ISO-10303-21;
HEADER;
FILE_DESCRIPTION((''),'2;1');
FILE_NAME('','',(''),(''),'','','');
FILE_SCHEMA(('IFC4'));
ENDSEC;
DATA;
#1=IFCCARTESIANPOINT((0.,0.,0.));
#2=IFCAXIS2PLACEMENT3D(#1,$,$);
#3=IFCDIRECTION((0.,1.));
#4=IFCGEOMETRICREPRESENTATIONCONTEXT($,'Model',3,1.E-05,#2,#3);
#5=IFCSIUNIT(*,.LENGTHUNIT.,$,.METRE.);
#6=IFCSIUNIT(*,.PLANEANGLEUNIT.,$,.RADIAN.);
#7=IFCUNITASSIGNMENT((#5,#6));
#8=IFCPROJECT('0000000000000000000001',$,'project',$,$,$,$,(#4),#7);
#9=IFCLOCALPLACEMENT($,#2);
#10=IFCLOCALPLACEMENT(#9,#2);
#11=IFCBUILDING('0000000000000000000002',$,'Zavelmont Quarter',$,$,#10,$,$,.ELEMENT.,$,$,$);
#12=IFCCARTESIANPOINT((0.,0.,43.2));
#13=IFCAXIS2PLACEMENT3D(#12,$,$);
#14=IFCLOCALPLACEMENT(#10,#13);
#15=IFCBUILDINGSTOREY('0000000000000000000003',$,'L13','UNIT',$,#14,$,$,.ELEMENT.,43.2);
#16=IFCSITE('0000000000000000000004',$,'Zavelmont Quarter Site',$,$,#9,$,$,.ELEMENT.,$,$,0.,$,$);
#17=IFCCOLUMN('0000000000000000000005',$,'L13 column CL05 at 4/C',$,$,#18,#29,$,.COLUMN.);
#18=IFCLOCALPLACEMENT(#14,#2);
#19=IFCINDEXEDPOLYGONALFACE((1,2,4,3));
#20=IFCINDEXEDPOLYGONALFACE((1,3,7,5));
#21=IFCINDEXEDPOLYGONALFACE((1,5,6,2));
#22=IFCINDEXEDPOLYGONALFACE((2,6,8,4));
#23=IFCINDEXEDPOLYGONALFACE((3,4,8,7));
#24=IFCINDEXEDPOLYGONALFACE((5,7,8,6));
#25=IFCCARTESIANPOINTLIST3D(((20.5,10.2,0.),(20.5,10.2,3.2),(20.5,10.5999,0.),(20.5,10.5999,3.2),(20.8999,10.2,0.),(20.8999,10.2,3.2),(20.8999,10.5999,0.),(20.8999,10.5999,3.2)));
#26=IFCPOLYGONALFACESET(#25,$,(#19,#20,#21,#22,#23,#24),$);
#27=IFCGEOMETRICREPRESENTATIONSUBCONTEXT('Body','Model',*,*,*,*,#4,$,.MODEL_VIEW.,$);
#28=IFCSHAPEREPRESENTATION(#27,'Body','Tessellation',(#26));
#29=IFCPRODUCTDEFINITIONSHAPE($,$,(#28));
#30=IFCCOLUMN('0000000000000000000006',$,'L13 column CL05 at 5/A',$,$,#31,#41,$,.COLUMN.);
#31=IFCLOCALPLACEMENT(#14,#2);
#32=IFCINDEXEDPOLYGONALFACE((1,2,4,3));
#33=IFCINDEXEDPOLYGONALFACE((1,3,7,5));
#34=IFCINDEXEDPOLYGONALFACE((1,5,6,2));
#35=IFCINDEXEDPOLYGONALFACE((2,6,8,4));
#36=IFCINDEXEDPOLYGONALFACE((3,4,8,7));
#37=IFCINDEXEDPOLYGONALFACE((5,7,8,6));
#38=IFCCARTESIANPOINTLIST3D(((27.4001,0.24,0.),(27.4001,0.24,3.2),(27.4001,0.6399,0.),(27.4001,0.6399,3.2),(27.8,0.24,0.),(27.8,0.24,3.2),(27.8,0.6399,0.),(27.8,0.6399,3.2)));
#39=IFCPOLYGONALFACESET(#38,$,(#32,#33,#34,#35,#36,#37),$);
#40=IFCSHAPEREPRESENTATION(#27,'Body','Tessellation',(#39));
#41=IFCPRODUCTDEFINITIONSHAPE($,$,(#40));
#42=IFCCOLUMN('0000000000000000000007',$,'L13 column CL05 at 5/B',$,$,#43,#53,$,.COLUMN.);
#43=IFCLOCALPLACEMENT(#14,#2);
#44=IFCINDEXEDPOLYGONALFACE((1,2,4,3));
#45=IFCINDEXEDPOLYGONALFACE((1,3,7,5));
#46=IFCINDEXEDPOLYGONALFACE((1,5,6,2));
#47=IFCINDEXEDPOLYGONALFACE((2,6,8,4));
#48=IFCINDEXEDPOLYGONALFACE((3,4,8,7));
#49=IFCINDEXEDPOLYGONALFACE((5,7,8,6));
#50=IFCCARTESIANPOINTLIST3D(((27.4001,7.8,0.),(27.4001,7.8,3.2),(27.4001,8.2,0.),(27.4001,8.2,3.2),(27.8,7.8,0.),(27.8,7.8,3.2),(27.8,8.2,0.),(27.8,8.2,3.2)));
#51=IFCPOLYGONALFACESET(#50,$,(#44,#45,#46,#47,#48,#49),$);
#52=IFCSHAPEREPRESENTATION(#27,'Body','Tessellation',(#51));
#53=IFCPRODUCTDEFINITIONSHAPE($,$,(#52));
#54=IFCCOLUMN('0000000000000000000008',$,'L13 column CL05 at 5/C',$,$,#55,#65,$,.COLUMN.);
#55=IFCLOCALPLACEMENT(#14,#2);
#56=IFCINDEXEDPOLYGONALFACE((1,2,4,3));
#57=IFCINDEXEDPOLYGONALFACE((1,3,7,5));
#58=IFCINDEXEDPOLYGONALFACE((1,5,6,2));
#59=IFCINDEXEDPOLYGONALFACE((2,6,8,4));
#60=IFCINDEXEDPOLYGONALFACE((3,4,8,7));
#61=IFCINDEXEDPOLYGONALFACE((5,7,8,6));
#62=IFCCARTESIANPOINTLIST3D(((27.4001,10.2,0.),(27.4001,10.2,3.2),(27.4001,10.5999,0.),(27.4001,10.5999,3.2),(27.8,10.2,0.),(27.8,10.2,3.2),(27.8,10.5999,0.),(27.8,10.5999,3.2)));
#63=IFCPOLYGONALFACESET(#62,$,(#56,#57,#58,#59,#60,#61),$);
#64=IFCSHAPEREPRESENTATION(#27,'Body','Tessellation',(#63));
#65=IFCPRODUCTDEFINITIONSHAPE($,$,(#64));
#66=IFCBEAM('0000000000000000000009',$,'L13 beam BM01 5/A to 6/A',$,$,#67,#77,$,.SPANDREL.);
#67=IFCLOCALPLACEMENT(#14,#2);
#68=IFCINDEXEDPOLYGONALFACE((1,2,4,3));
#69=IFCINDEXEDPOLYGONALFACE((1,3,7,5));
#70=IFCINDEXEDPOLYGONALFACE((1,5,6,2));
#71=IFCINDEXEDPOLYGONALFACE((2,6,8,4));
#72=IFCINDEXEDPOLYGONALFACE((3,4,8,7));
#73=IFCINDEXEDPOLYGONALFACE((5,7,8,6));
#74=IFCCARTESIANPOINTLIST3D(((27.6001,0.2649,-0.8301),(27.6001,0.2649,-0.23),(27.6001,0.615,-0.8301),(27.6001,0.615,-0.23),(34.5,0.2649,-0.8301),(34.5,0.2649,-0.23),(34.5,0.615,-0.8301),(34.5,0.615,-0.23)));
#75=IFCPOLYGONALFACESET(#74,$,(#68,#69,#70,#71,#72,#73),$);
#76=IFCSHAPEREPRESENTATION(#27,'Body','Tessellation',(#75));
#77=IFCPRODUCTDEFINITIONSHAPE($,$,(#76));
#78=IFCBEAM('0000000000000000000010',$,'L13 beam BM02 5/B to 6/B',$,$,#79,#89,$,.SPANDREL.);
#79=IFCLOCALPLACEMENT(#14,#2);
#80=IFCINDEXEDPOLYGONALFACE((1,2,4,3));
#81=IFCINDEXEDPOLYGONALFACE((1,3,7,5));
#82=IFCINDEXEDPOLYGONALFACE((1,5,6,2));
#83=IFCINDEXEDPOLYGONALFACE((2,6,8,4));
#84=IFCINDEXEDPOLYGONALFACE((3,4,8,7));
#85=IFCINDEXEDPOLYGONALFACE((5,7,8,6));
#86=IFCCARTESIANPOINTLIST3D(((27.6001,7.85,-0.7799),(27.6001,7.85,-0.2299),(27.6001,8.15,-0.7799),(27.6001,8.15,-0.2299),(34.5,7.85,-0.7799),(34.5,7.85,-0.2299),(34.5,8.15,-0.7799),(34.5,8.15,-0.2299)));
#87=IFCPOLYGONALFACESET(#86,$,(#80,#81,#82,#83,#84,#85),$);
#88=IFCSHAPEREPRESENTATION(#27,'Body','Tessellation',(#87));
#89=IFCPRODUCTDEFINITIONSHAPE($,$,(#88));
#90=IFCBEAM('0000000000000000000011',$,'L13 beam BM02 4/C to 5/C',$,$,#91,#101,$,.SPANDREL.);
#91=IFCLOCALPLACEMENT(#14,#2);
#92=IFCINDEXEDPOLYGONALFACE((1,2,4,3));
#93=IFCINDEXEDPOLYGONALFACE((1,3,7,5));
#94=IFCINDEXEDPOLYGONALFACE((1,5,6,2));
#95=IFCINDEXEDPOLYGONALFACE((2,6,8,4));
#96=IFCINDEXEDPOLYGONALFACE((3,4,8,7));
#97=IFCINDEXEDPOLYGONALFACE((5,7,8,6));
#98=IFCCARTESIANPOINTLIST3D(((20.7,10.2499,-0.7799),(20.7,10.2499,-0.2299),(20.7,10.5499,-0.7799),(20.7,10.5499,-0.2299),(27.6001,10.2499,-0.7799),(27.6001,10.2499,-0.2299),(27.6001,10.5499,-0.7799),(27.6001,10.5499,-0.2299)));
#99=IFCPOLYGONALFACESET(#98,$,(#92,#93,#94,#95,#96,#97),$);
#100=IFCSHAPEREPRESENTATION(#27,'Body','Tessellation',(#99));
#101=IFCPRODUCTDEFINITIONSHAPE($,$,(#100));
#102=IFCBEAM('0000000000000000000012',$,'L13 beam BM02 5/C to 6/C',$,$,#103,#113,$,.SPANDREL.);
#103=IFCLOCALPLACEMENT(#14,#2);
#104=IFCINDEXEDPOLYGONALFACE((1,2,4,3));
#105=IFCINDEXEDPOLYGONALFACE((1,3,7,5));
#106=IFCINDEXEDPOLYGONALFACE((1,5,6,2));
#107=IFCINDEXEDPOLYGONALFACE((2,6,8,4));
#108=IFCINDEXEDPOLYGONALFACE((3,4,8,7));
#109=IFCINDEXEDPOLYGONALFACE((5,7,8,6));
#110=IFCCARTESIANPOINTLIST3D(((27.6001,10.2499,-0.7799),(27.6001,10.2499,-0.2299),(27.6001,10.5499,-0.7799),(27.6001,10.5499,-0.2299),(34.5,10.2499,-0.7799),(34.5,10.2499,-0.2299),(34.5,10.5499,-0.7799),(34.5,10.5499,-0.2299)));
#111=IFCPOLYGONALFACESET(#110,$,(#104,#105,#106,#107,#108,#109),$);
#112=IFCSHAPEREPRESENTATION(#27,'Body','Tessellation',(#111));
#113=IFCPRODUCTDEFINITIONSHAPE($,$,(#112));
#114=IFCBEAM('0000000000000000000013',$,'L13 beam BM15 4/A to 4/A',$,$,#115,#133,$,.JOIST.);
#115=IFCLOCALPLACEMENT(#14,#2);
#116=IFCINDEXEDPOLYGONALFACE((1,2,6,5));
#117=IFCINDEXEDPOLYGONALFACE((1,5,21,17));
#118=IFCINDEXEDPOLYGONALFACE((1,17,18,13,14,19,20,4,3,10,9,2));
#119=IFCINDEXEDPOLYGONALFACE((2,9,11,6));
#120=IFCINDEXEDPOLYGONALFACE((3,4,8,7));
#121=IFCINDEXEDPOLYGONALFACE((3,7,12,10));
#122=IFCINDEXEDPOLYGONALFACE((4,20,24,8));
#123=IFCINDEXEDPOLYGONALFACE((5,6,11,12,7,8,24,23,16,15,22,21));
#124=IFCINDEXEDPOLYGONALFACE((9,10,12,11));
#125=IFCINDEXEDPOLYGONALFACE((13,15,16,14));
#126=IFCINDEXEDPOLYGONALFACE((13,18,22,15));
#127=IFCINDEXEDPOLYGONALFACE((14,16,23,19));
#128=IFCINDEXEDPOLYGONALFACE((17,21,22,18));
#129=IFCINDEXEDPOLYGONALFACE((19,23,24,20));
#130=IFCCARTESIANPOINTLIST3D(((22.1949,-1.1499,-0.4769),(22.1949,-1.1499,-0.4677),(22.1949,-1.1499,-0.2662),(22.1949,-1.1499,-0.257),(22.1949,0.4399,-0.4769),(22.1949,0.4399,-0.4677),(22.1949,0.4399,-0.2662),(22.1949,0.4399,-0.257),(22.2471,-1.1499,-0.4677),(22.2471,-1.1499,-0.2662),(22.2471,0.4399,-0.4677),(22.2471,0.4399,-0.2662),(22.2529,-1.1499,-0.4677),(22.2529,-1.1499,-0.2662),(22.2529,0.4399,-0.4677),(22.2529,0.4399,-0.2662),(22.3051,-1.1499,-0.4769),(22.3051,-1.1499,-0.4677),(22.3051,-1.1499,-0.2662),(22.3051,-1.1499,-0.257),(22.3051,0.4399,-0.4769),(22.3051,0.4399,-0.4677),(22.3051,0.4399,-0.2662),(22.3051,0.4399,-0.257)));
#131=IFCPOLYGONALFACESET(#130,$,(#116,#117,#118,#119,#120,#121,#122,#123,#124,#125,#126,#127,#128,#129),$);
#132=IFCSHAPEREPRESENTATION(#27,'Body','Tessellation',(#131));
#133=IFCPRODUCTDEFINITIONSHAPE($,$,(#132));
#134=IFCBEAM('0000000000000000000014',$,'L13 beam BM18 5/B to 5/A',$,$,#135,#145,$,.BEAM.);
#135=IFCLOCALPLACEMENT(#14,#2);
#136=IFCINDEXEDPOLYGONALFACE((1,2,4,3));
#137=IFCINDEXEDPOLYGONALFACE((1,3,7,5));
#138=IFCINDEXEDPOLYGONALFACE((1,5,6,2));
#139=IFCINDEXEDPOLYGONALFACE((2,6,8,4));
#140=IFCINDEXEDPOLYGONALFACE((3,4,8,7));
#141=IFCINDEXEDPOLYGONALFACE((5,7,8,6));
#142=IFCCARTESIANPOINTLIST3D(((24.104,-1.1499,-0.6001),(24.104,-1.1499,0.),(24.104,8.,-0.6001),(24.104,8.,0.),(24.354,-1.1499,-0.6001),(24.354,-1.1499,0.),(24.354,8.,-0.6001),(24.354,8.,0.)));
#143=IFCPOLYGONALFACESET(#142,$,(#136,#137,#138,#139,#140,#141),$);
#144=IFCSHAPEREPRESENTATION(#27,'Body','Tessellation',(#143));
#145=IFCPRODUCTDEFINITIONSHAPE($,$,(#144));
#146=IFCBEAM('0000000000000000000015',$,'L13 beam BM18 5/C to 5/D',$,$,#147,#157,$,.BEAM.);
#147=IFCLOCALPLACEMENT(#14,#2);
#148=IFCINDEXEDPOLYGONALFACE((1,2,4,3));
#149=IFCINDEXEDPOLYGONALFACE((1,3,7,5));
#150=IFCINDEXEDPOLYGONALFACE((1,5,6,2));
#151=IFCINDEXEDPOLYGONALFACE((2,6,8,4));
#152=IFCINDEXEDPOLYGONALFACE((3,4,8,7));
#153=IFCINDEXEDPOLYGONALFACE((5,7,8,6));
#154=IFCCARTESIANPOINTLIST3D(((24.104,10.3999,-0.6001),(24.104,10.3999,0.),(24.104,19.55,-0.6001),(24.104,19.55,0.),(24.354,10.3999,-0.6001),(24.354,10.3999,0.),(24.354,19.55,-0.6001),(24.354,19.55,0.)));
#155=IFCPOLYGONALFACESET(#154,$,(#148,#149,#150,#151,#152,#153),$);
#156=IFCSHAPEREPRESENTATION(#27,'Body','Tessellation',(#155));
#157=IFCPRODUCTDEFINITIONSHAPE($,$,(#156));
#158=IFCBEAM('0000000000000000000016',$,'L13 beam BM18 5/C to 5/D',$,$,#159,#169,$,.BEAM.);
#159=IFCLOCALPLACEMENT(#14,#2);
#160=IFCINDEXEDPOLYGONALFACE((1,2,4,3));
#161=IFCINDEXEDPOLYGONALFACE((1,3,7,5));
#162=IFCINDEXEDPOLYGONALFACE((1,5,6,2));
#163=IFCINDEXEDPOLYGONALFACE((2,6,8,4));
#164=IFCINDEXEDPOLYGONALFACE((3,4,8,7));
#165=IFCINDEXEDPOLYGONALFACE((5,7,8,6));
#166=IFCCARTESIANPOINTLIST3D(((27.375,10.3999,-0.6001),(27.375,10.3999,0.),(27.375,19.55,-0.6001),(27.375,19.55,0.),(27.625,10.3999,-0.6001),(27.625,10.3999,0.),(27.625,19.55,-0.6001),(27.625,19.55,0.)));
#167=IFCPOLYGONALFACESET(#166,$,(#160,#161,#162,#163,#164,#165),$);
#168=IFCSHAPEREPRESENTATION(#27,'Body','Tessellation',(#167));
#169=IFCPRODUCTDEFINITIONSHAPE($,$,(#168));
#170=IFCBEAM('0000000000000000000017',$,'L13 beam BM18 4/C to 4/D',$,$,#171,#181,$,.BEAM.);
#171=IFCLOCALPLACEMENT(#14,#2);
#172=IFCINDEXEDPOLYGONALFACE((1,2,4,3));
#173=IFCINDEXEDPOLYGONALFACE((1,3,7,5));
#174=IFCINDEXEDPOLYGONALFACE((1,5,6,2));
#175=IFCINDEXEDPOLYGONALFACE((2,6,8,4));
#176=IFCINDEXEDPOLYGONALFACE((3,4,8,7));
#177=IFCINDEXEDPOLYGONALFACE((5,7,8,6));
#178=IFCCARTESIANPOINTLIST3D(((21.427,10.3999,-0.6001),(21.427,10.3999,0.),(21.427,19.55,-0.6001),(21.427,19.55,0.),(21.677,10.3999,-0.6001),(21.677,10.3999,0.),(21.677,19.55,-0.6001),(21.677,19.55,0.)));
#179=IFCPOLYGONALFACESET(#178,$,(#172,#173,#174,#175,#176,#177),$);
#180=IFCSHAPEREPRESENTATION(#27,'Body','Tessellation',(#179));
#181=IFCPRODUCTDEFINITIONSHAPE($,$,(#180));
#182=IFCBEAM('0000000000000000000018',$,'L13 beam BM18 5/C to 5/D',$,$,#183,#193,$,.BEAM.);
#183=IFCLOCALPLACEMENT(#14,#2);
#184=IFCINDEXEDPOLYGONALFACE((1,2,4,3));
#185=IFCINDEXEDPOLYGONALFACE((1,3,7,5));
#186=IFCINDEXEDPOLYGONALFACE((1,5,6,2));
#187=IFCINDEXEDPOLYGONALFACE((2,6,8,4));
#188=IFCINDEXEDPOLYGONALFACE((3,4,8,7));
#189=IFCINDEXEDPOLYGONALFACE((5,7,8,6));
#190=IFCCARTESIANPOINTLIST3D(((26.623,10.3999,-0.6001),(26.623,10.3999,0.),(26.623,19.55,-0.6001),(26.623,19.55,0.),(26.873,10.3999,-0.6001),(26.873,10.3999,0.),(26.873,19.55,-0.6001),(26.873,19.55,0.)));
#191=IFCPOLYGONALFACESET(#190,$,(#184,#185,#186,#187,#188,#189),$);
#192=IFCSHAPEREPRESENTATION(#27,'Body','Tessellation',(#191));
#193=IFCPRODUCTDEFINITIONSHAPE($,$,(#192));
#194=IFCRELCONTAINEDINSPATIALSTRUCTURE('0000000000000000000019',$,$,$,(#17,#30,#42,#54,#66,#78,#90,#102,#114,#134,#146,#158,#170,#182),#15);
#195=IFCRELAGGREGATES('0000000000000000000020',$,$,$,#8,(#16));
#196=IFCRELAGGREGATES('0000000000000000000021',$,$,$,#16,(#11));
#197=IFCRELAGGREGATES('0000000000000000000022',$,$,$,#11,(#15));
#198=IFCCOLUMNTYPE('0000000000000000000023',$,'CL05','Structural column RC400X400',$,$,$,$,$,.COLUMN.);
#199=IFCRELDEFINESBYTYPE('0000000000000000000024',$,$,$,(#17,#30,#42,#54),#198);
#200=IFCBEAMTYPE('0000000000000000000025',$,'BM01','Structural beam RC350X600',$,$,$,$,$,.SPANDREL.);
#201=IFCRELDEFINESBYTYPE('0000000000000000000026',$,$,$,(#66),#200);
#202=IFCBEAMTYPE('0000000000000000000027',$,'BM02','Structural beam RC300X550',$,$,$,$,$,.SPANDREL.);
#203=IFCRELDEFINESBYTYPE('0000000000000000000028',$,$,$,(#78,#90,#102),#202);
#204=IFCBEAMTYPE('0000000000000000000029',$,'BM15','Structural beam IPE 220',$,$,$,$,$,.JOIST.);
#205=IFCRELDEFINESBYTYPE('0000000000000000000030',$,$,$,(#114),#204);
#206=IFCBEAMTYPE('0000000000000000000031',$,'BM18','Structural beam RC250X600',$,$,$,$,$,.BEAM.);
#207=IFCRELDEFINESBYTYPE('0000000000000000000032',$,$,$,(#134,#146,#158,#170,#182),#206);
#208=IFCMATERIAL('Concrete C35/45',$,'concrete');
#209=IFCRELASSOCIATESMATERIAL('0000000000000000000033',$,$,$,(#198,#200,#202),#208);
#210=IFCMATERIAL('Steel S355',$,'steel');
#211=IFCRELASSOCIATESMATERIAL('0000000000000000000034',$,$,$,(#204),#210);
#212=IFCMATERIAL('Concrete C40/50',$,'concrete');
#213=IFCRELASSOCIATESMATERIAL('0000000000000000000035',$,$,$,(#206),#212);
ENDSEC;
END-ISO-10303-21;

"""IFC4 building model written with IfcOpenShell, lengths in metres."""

from ifc_helpers import new_model, si_unit, direction, frame, origin, origin_2d, place, context, subcontext, project, spatial, rectangle, i_section, extrude, material, material_profile, profile_set, type_object, element, save


model = new_model("IFC4")

# Units and contexts
model_context = context("Model", 3, precision=1e-05, world=origin(), true_north=direction((0.0, 1.0)))
body_context = subcontext(model_context, "Body", "Model", "MODEL_VIEW")
ifc_project = project(units=[si_unit("LENGTHUNIT", "METRE"), si_unit("PLANEANGLEUNIT", "RADIAN")], contexts=[model_context])

# Site, building, storey
site_placement = place(None, origin())
site = spatial("IfcSite", under=ifc_project, at=site_placement, Name="Zavelmont Quarter Site", CompositionType="ELEMENT", RefElevation=0.0)
building_placement = place(site_placement, origin())
building = spatial("IfcBuilding", under=site, at=building_placement, Name="Zavelmont Quarter", CompositionType="ELEMENT")
storey_placement = place(building_placement, frame((0.0, 0.0, 43.2)))
storey = spatial("IfcBuildingStorey", under=building, at=storey_placement, Name="L13", Description="UNIT", CompositionType="ELEMENT", Elevation=43.2)

# Columns
ifc_material_1 = material(Name="Concrete C35/45", Category="concrete")
ifc_material_profile_1 = material_profile(ifc_material_1, rectangle(XDim=0.3999, YDim=0.3999, at=origin_2d()), Name="RC400X400")
ifc_profile_set_1 = profile_set([ifc_material_profile_1], Name="Concrete C35/45")
column_type = type_object("IfcColumnType", Name="CL05", Description="Structural column RC400X400", PredefinedType="COLUMN", material=ifc_profile_set_1)
for number, where, z_axis, x_axis, name in (
    (1, (20.7, 10.3999, 0.0), (0.0, 0.0, 1.0), (1.0, 0.0, 0.0), "L13 column CL05 at 4/C"),
    (2, (27.6001, 0.4399, 0.0), (0.0, 0.0, 1.0), (1.0, 0.0, 0.0), "L13 column CL05 at 5/A"),
    (3, (27.6001, 8.0, 0.0), (0.0, 0.0, 1.0), (1.0, 0.0, 0.0), "L13 column CL05 at 5/B"),
    (4, (27.6001, 10.3999, 0.0), (0.0, 0.0, 1.0), (1.0, 0.0, 0.0), "L13 column CL05 at 5/C"),
):
    element("IfcColumn", number, at=place(storey_placement, frame(where, z_axis=z_axis, x_axis=x_axis)), inside=storey, type_object=column_type, Name=name, PredefinedType="COLUMN", context=body_context, shape_type="SweptSolid", body=[
        extrude(rectangle(XDim=0.3999, YDim=0.3999, at=origin_2d()), origin(), (0.0, 0.0, 1.0), 3.2),
    ])

# Beams
ifc_material_profile_2 = material_profile(ifc_material_1, rectangle(XDim=0.3501, YDim=0.6001, at=origin_2d()), Name="RC350X600")
ifc_profile_set_2 = profile_set([ifc_material_profile_2], Name="Concrete C35/45")
beam_type_1 = type_object("IfcBeamType", Name="BM01", Description="Structural beam RC350X600", PredefinedType="SPANDREL", material=ifc_profile_set_2)
beam_1_placement = place(storey_placement, frame((27.6001, 0.4399, -0.53), z_axis=(1.0, 0.0, 0.0), x_axis=(0.0, 1.0, 0.0)))
element("IfcBeam", 5, at=beam_1_placement, inside=storey, type_object=beam_type_1, Name="L13 beam BM01 5/A to 6/A", PredefinedType="SPANDREL", context=body_context, shape_type="SweptSolid", body=[
    extrude(rectangle(XDim=0.3501, YDim=0.6001, at=origin_2d()), origin(), (0.0, 0.0, 1.0), 6.8999),
])
ifc_material_profile_3 = material_profile(ifc_material_1, rectangle(XDim=0.3, YDim=0.55, at=origin_2d()), Name="RC300X550")
ifc_profile_set_3 = profile_set([ifc_material_profile_3], Name="Concrete C35/45")
beam_type_2 = type_object("IfcBeamType", Name="BM02", Description="Structural beam RC300X550", PredefinedType="SPANDREL", material=ifc_profile_set_3)
beam_2_placement = place(storey_placement, frame((27.6001, 8.0, -0.5049), z_axis=(1.0, 0.0, 0.0), x_axis=(0.0, 1.0, 0.0)))
element("IfcBeam", 6, at=beam_2_placement, inside=storey, type_object=beam_type_2, Name="L13 beam BM02 5/B to 6/B", PredefinedType="SPANDREL", context=body_context, shape_type="SweptSolid", body=[
    extrude(rectangle(XDim=0.3, YDim=0.55, at=origin_2d()), origin(), (0.0, 0.0, 1.0), 6.8999),
])
beam_3_placement = place(storey_placement, frame((20.7, 10.3999, -0.5049), z_axis=(1.0, 0.0, 0.0), x_axis=(0.0, 1.0, 0.0)))
element("IfcBeam", 7, at=beam_3_placement, inside=storey, type_object=beam_type_2, Name="L13 beam BM02 4/C to 5/C", PredefinedType="SPANDREL", context=body_context, shape_type="SweptSolid", body=[
    extrude(rectangle(XDim=0.3, YDim=0.55, at=origin_2d()), origin(), (0.0, 0.0, 1.0), 6.9001),
])
beam_4_placement = place(storey_placement, frame((27.6001, 10.3999, -0.5049), z_axis=(1.0, 0.0, 0.0), x_axis=(0.0, 1.0, 0.0)))
element("IfcBeam", 8, at=beam_4_placement, inside=storey, type_object=beam_type_2, Name="L13 beam BM02 5/C to 6/C", PredefinedType="SPANDREL", context=body_context, shape_type="SweptSolid", body=[
    extrude(rectangle(XDim=0.3, YDim=0.55, at=origin_2d()), origin(), (0.0, 0.0, 1.0), 6.8999),
])
ifc_material_2 = material(Name="Steel S355", Category="steel")
ifc_material_profile_4 = material_profile(ifc_material_2, i_section(OverallWidth=0.1101, OverallDepth=0.22, WebThickness=0.0059, FlangeThickness=0.0093, at=origin_2d()), Name="IPE 220")
ifc_profile_set_4 = profile_set([ifc_material_profile_4], Name="Steel S355")
beam_type_3 = type_object("IfcBeamType", Name="BM15", Description="Structural beam IPE 220", PredefinedType="JOIST", material=ifc_profile_set_4)
beam_5_placement = place(storey_placement, frame((22.25, 0.4399, -0.3669), z_axis=(0.0, -1.0, 0.0), x_axis=(1.0, 0.0, 0.0)))
element("IfcBeam", 9, at=beam_5_placement, inside=storey, type_object=beam_type_3, Name="L13 beam BM15 4/A to 4/A", PredefinedType="JOIST", context=body_context, shape_type="SweptSolid", body=[
    extrude(i_section(OverallWidth=0.1101, OverallDepth=0.22, WebThickness=0.0059, FlangeThickness=0.0093, at=origin_2d()), origin(), (0.0, 0.0, 1.0), 1.5898),
])
ifc_material_3 = material(Name="Concrete C40/50", Category="concrete")
ifc_material_profile_5 = material_profile(ifc_material_3, rectangle(XDim=0.25, YDim=0.6001, at=origin_2d()), Name="RC250X600")
ifc_profile_set_5 = profile_set([ifc_material_profile_5], Name="Concrete C40/50")
beam_type_4 = type_object("IfcBeamType", Name="BM18", Description="Structural beam RC250X600", PredefinedType="BEAM", material=ifc_profile_set_5)
beam_6_placement = place(storey_placement, frame((24.229, 8.0, -0.3), z_axis=(0.0, -1.0, 0.0), x_axis=(1.0, 0.0, 0.0)))
element("IfcBeam", 10, at=beam_6_placement, inside=storey, type_object=beam_type_4, Name="L13 beam BM18 5/B to 5/A", PredefinedType="BEAM", context=body_context, shape_type="SweptSolid", body=[
    extrude(rectangle(XDim=0.25, YDim=0.6001, at=origin_2d()), origin(), (0.0, 0.0, 1.0), 9.1499),
])
for number, where, z_axis, x_axis, name in (
    (11, (24.229, 10.3999, -0.3), (0.0, 1.0, 0.0), (-1.0, 0.0, 0.0), "L13 beam BM18 5/C to 5/D"),
    (12, (27.5, 10.3999, -0.3), (0.0, 1.0, 0.0), (-1.0, 0.0, 0.0), "L13 beam BM18 5/C to 5/D"),
    (13, (21.552, 10.3999, -0.3), (0.0, 1.0, 0.0), (-1.0, 0.0, 0.0), "L13 beam BM18 4/C to 4/D"),
    (14, (26.748, 10.3999, -0.3), (0.0, 1.0, 0.0), (-1.0, 0.0, 0.0), "L13 beam BM18 5/C to 5/D"),
):
    element("IfcBeam", number, at=place(storey_placement, frame(where, z_axis=z_axis, x_axis=x_axis)), inside=storey, type_object=beam_type_4, Name=name, PredefinedType="BEAM", context=body_context, shape_type="SweptSolid", body=[
        extrude(rectangle(XDim=0.25, YDim=0.6001, at=origin_2d()), origin(), (0.0, 0.0, 1.0), 9.1501),
    ])

save(model, "model.ifc")
